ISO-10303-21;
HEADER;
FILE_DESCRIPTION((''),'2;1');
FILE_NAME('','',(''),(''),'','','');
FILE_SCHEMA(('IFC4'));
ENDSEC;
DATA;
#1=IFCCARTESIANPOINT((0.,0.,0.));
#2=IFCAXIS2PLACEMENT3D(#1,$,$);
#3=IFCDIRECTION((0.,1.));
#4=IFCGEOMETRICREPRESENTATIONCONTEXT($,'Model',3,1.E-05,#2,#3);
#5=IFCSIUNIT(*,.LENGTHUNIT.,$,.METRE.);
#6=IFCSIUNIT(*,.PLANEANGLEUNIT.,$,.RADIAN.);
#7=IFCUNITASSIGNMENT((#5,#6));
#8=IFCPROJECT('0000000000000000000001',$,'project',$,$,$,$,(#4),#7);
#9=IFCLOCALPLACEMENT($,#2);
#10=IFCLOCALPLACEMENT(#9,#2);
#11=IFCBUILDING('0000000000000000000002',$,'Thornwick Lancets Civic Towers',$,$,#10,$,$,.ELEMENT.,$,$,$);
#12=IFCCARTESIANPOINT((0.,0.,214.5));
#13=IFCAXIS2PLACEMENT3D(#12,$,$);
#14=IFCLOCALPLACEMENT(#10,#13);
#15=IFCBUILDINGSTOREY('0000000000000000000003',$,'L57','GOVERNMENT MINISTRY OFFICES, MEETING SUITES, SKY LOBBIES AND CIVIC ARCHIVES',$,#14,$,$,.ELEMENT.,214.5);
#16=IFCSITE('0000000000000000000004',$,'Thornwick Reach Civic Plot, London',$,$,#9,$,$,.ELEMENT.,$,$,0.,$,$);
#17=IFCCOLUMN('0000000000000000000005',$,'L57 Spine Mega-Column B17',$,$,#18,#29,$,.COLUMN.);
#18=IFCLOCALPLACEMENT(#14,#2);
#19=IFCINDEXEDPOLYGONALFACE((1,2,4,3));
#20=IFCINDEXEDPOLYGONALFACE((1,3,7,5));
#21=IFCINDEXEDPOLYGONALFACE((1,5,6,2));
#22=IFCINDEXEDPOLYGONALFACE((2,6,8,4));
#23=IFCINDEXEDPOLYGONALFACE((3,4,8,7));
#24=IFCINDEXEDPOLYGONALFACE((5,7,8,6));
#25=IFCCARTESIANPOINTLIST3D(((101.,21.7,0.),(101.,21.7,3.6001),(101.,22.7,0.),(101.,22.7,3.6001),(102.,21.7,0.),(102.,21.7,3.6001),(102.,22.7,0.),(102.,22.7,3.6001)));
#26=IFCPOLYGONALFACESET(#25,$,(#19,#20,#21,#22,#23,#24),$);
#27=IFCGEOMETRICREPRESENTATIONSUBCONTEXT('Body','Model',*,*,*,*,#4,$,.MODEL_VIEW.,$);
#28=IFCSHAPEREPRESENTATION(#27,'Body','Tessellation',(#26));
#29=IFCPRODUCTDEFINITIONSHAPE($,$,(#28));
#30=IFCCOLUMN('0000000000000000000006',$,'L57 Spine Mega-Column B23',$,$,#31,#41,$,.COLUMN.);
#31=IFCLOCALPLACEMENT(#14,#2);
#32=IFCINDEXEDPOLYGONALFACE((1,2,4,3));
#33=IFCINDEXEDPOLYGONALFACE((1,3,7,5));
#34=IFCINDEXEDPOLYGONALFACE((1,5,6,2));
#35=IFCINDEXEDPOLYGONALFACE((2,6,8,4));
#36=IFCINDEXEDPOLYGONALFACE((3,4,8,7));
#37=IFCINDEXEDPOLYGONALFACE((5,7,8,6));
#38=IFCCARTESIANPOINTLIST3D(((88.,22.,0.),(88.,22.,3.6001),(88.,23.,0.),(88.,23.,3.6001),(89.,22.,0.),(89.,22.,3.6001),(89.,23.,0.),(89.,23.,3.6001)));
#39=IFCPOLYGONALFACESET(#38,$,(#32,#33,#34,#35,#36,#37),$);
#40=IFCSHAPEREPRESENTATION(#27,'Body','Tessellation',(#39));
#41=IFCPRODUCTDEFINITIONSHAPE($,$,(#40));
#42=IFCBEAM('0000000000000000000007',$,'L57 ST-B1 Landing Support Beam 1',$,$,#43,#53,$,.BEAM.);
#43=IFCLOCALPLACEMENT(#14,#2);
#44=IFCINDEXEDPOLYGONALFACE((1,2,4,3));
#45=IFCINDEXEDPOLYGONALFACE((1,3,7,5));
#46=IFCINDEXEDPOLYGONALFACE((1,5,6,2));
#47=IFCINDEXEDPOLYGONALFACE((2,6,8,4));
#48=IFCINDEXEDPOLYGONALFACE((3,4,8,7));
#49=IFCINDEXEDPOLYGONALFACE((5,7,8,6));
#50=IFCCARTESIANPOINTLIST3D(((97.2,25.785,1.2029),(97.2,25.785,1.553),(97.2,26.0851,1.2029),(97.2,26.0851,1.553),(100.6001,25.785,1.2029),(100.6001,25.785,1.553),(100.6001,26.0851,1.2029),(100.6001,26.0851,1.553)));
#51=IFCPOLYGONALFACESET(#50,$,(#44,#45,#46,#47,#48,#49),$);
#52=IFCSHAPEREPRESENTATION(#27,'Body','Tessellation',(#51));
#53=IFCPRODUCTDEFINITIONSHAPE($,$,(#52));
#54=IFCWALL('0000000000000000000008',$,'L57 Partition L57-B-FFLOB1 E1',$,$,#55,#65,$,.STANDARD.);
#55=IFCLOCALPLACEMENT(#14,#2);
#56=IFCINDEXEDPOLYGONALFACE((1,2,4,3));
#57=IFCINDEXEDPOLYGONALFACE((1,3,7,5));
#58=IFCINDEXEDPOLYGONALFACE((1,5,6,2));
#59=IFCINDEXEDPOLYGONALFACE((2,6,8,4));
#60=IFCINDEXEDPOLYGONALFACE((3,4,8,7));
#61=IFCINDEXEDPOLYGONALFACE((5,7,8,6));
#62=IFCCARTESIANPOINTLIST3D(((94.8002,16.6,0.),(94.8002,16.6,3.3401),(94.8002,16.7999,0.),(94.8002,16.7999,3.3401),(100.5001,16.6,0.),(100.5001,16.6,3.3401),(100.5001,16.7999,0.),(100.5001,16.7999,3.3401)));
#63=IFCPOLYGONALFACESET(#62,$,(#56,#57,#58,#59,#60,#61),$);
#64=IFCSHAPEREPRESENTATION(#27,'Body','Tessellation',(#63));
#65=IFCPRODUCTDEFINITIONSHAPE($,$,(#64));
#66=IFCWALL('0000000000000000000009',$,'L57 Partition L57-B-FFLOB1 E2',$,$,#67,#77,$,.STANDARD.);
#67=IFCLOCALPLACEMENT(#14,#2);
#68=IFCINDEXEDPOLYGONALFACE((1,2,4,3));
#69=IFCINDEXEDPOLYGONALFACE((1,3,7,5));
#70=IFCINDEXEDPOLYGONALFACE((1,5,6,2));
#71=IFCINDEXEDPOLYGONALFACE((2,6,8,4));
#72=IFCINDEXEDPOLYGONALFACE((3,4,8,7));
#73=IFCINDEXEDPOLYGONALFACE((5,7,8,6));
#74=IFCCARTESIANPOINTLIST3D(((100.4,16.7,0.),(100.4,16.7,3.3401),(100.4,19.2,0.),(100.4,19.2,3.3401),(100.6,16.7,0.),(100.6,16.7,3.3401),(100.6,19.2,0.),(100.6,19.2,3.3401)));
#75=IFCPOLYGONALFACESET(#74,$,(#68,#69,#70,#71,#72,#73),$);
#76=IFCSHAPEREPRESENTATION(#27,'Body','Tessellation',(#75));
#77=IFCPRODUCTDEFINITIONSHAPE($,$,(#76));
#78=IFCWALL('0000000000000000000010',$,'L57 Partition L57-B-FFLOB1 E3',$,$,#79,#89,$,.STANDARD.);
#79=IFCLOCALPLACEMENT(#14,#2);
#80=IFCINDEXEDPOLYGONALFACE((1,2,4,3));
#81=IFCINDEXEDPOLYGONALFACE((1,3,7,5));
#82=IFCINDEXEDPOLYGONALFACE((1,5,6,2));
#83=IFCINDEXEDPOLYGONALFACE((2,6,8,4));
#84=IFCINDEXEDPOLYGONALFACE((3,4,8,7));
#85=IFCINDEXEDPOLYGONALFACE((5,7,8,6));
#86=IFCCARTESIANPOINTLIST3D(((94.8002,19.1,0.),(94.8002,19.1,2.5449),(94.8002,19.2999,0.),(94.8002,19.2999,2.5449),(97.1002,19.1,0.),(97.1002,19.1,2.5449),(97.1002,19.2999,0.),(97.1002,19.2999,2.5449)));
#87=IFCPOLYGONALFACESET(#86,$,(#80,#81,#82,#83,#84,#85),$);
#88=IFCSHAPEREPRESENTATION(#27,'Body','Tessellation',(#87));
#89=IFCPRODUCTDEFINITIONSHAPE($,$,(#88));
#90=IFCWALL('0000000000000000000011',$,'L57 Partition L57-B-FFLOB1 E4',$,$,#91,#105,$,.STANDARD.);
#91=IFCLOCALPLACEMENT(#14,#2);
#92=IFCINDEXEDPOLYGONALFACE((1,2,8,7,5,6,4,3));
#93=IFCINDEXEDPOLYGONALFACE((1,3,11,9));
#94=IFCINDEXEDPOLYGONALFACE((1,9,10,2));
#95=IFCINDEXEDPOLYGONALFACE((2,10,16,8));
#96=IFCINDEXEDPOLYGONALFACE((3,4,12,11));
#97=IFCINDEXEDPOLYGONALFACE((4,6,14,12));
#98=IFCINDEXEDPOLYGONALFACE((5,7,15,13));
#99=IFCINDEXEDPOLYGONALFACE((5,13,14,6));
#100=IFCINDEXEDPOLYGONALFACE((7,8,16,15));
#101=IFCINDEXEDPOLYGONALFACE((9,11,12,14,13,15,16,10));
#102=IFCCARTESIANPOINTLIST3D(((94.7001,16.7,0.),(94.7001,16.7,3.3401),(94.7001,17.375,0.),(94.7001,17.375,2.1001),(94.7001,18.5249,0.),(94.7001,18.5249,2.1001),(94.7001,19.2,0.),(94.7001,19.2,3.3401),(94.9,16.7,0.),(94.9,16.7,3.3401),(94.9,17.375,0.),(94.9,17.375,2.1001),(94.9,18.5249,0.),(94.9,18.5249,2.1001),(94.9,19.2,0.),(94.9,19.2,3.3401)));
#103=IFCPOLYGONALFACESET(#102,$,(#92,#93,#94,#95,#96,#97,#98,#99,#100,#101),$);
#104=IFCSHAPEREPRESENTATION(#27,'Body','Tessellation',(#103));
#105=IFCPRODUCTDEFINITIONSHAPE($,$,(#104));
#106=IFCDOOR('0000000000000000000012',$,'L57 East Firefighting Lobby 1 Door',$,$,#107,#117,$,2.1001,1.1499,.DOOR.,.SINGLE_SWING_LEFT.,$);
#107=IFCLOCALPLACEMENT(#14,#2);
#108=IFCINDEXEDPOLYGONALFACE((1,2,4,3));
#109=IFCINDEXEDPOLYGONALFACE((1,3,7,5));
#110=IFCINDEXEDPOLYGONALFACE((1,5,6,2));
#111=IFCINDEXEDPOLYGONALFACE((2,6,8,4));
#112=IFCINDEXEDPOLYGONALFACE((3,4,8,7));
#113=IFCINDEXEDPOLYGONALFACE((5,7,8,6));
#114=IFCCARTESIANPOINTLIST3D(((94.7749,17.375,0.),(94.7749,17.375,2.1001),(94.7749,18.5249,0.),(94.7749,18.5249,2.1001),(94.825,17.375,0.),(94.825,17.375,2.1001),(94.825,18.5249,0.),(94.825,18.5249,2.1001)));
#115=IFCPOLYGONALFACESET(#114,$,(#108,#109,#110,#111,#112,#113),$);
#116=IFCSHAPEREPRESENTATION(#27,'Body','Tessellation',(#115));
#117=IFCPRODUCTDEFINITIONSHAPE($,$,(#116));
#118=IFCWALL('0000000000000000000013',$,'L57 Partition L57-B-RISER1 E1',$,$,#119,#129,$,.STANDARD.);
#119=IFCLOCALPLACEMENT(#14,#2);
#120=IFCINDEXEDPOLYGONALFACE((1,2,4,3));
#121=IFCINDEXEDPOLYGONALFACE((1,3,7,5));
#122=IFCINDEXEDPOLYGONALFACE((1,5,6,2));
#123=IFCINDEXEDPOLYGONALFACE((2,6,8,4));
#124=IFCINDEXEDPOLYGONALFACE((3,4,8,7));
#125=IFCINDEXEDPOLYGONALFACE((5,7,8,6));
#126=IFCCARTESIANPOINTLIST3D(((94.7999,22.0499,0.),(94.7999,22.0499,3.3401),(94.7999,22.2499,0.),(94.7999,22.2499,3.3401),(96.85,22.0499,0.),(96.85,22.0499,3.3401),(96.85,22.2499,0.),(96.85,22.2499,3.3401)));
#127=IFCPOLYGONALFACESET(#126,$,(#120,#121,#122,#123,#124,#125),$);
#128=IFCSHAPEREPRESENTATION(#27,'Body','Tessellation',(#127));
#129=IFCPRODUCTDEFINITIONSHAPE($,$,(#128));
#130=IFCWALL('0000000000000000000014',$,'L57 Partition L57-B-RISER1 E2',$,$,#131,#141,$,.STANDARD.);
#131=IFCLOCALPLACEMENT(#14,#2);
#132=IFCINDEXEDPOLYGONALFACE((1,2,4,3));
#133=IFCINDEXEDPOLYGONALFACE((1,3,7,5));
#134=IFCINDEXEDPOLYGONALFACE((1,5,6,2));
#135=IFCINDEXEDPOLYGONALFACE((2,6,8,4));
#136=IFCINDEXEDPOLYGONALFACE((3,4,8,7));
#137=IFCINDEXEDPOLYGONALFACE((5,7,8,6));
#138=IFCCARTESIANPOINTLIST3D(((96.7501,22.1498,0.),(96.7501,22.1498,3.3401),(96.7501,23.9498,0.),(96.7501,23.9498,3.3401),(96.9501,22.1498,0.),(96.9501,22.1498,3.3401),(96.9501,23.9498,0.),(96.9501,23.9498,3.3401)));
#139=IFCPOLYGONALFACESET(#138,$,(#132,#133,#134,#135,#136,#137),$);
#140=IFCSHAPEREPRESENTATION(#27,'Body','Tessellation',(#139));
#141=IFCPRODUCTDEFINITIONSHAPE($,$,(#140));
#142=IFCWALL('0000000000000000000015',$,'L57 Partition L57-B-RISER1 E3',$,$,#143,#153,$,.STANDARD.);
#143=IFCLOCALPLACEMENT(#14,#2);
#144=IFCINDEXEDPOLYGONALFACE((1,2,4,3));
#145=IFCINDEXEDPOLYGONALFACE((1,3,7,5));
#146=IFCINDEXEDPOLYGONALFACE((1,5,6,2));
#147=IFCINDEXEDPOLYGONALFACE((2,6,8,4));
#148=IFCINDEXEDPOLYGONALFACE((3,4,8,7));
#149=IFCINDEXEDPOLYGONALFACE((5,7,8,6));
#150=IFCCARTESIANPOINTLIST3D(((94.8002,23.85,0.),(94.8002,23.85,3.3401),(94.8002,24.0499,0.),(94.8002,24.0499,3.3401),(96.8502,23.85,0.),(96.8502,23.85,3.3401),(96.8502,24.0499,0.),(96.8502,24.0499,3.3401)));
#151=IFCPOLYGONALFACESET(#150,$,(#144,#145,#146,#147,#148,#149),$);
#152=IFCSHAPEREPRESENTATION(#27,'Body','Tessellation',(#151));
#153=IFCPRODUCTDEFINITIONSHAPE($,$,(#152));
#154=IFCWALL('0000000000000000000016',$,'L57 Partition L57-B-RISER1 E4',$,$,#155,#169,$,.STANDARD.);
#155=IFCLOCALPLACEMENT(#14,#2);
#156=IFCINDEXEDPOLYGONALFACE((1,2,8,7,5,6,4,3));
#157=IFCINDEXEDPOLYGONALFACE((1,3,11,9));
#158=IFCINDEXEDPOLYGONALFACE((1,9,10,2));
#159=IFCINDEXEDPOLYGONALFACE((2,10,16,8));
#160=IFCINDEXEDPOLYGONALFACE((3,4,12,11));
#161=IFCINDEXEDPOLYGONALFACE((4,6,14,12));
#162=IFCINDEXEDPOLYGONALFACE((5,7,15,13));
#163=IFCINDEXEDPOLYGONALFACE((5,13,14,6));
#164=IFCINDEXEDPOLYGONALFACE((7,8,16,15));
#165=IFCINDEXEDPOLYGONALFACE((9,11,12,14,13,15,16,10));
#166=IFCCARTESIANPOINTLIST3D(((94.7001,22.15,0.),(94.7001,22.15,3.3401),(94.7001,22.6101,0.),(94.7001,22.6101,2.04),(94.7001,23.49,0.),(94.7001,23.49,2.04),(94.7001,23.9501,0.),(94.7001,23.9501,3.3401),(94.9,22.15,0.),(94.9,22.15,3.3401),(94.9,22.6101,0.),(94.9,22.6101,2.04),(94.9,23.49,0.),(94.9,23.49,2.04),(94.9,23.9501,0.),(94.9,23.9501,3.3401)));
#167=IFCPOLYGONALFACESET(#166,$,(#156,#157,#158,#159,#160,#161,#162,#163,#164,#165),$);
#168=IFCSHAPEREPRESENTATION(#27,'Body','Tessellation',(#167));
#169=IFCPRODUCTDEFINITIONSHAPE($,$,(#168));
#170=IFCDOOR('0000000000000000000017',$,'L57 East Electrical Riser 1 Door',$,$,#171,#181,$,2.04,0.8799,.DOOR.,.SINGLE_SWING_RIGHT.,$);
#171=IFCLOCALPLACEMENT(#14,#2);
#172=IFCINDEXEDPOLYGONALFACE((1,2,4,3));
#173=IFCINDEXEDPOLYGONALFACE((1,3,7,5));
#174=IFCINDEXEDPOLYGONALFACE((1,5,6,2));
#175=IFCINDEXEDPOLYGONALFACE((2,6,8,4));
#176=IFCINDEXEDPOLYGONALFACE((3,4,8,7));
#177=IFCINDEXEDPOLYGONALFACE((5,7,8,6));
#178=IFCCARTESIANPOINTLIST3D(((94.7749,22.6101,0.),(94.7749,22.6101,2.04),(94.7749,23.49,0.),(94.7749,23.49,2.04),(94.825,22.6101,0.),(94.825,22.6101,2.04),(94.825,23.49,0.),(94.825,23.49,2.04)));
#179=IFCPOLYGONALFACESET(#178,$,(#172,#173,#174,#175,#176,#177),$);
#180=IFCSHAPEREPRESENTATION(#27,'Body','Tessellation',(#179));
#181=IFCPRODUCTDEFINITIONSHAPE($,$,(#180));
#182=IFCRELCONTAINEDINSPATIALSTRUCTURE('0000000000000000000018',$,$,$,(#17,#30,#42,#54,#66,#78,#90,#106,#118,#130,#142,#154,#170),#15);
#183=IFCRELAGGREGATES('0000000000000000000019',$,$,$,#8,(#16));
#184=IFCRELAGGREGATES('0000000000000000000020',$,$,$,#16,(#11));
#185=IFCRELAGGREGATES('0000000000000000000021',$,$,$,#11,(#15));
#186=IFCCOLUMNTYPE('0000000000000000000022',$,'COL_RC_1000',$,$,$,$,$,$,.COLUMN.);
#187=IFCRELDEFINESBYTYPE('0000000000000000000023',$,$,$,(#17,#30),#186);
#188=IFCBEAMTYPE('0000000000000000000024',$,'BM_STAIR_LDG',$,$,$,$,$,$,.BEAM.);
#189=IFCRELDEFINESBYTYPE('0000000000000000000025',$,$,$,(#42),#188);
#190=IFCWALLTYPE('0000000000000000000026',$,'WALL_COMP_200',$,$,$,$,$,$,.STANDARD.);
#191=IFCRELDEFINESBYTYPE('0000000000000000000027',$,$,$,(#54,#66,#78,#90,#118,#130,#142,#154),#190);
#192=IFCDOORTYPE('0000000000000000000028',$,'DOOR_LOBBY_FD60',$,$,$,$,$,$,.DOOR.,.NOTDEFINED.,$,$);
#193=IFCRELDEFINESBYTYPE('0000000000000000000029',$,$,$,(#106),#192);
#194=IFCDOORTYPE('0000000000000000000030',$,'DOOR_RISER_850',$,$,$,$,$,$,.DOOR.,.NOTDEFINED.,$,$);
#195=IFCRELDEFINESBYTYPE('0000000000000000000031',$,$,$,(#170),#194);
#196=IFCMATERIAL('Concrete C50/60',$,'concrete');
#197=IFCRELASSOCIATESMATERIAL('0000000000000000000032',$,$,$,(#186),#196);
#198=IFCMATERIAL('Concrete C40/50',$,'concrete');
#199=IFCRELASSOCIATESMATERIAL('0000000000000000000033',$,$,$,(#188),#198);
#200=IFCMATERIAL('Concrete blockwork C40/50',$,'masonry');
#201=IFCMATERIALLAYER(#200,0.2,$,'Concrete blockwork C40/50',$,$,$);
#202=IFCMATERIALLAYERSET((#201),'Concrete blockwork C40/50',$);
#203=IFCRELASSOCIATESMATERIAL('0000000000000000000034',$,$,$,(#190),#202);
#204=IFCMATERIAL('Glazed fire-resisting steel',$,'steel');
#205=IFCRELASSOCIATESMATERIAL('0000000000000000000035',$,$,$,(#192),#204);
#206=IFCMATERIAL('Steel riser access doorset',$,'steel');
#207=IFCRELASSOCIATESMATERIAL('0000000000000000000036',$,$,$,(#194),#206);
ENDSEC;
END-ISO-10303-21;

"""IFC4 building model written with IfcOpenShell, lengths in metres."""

from ifc_helpers import new_model, si_unit, direction, frame, frame_2d, origin, origin_2d, place, context, subcontext, project, spatial, rectangle, extrude, material, layer, layer_set, material_profile, profile_set, type_object, element, fill, save


model = new_model("IFC4")

# Units and contexts
model_context = context("Model", 3, precision=1e-05, world=origin(), true_north=direction((0.0, 1.0)))
body_context = subcontext(model_context, "Body", "Model", "MODEL_VIEW")
ifc_project = project(units=[si_unit("LENGTHUNIT", "METRE"), si_unit("PLANEANGLEUNIT", "RADIAN")], contexts=[model_context])

# Site, building, storey
site_placement = place(None, origin())
site = spatial("IfcSite", under=ifc_project, at=site_placement, Name="Thornwick Reach Civic Plot, London", CompositionType="ELEMENT", RefElevation=0.0)
building_placement = place(site_placement, origin())
building = spatial("IfcBuilding", under=site, at=building_placement, Name="Thornwick Lancets Civic Towers", CompositionType="ELEMENT")
storey_placement = place(building_placement, frame((0.0, 0.0, 214.5)))
storey = spatial("IfcBuildingStorey", under=building, at=storey_placement, Name="L57", Description="GOVERNMENT MINISTRY OFFICES, MEETING SUITES, SKY LOBBIES AND CIVIC ARCHIVES", CompositionType="ELEMENT", Elevation=214.5)

# Columns
ifc_material_1 = material(Name="Concrete C50/60", Category="concrete")
ifc_material_profile_1 = material_profile(ifc_material_1, rectangle(XDim=1.0, YDim=1.0, at=origin_2d()), Name="RC 1000x1000")
ifc_profile_set_1 = profile_set([ifc_material_profile_1], Name="Concrete C50/60")
column_type = type_object("IfcColumnType", Name="COL_RC_1000", PredefinedType="COLUMN", material=ifc_profile_set_1)
for number, where, z_axis, x_axis, name in (
    (1, (101.5, 22.2, 0.0), (0.0, 0.0, 1.0), (1.0, 0.0, 0.0), "L57 Spine Mega-Column B17"),
    (2, (88.5, 22.5, 0.0), (0.0, 0.0, 1.0), (1.0, 0.0, 0.0), "L57 Spine Mega-Column B23"),
):
    element("IfcColumn", number, at=place(storey_placement, frame(where, z_axis=z_axis, x_axis=x_axis)), inside=storey, type_object=column_type, Name=name, PredefinedType="COLUMN", context=body_context, shape_type="SweptSolid", body=[
        extrude(rectangle(XDim=1.0, YDim=1.0, at=origin_2d()), origin(), (0.0, 0.0, 1.0), 3.6001),
    ])

# Beam
ifc_material_2 = material(Name="Concrete C40/50", Category="concrete")
ifc_material_profile_2 = material_profile(ifc_material_2, rectangle(XDim=0.3, YDim=0.3501, at=origin_2d()), Name="RC 300x350")
ifc_profile_set_2 = profile_set([ifc_material_profile_2], Name="Concrete C40/50")
beam_type = type_object("IfcBeamType", Name="BM_STAIR_LDG", PredefinedType="BEAM", material=ifc_profile_set_2)
beam_placement = place(storey_placement, frame((100.6001, 25.9351, 1.3779), z_axis=(-1.0, 0.0, 0.0), x_axis=(0.0, -1.0, 0.0)))
element("IfcBeam", 3, at=beam_placement, inside=storey, type_object=beam_type, Name="L57 ST-B1 Landing Support Beam 1", PredefinedType="BEAM", context=body_context, shape_type="SweptSolid", body=[
    extrude(rectangle(XDim=0.3, YDim=0.3501, at=origin_2d()), origin(), (0.0, 0.0, 1.0), 3.4001),
])

# Walls
ifc_material_3 = material(Name="Concrete blockwork C40/50", Category="masonry")
ifc_layer_1 = layer(ifc_material_3, 0.2, Name="Concrete blockwork C40/50")
ifc_layer_set_1 = layer_set([ifc_layer_1], Name="Concrete blockwork C40/50")
wall_type_1 = type_object("IfcWallType", Name="WALL_COMP_200", PredefinedType="STANDARD", material=ifc_layer_set_1)
wall_1_placement = place(storey_placement, frame((94.8, 16.7, 0.0), z_axis=(0.0, 0.0, 1.0), x_axis=(1.0, 0.0, 0.0)))
element("IfcWall", 4, at=wall_1_placement, inside=storey, type_object=wall_type_1, Name="L57 Partition L57-B-FFLOB1 E1", PredefinedType="STANDARD", context=body_context, shape_type="SweptSolid", body=[
    extrude(rectangle(XDim=5.7, YDim=0.2, at=frame_2d((2.8501, 0.0))), origin(), (0.0, 0.0, 1.0), 3.3401),
])
wall_2_placement = place(storey_placement, frame((100.5, 16.7, 0.0), z_axis=(0.0, 0.0, 1.0), x_axis=(0.0, 1.0, 0.0)))
element("IfcWall", 5, at=wall_2_placement, inside=storey, type_object=wall_type_1, Name="L57 Partition L57-B-FFLOB1 E2", PredefinedType="STANDARD", context=body_context, shape_type="SweptSolid", body=[
    extrude(rectangle(XDim=2.5, YDim=0.2, at=frame_2d((1.25, 0.0))), origin(), (0.0, 0.0, 1.0), 3.3401),
])
wall_3_placement = place(storey_placement, frame((97.1001, 19.2, 0.0), z_axis=(0.0, 0.0, 1.0), x_axis=(-1.0, 0.0, 0.0)))
element("IfcWall", 6, at=wall_3_placement, inside=storey, type_object=wall_type_1, Name="L57 Partition L57-B-FFLOB1 E3", PredefinedType="STANDARD", context=body_context, shape_type="SweptSolid", body=[
    extrude(rectangle(XDim=2.3, YDim=0.2, at=frame_2d((1.1499, 0.0))), origin(), (0.0, 0.0, 1.0), 2.5449),
])

# Wall, opening, door
wall_4_placement = place(storey_placement, frame((94.8, 19.2, 0.0), z_axis=(0.0, 0.0, 1.0), x_axis=(0.0, -1.0, 0.0)))
wall_4 = element("IfcWall", 7, at=wall_4_placement, inside=storey, type_object=wall_type_1, Name="L57 Partition L57-B-FFLOB1 E4", PredefinedType="STANDARD", context=body_context, shape_type="SweptSolid", body=[
    extrude(rectangle(XDim=2.5, YDim=0.2, at=frame_2d((1.25, 0.0))), origin(), (0.0, 0.0, 1.0), 3.3401),
])
opening_1_placement = place(wall_4_placement, frame((0.675, 0.0, 0.0)))
opening_1 = element("IfcOpeningElement", 8, at=opening_1_placement, cuts=wall_4, PredefinedType="OPENING", context=body_context, shape_type="SweptSolid", body=[
    extrude(rectangle(XDim=1.1499, YDim=2.1001, at=frame_2d((0.575, 1.05))), frame((0.0, 0.1099, 0.0), z_axis=(0.0, -1.0, 0.0), x_axis=(1.0, 0.0, 0.0)), (0.0, 0.0, 1.0), 0.22),
])
ifc_material_4 = material(Name="Glazed fire-resisting steel", Category="steel")
door_type_1 = type_object("IfcDoorType", Name="DOOR_LOBBY_FD60", OperationType="NOTDEFINED", PredefinedType="DOOR", material=ifc_material_4)
door_1_placement = place(opening_1_placement, origin())
door_1 = element("IfcDoor", 9, at=door_1_placement, inside=storey, type_object=door_type_1, Name="L57 East Firefighting Lobby 1 Door", OperationType="SINGLE_SWING_LEFT", OverallHeight=2.1001, OverallWidth=1.1499, PredefinedType="DOOR", context=body_context, shape_type="SweptSolid", body=[
    extrude(rectangle(XDim=1.1499, YDim=2.1001, at=frame_2d((0.575, 1.05))), frame((0.0, 0.0249, 0.0), z_axis=(0.0, -1.0, 0.0), x_axis=(1.0, 0.0, 0.0)), (0.0, 0.0, 1.0), 0.05),
])
fill(opening_1, door_1)

# Walls
wall_5_placement = place(storey_placement, frame((94.8, 22.1499, 0.0), z_axis=(0.0, 0.0, 1.0), x_axis=(1.0, 0.0, 0.0)))
element("IfcWall", 10, at=wall_5_placement, inside=storey, type_object=wall_type_1, Name="L57 Partition L57-B-RISER1 E1", PredefinedType="STANDARD", context=body_context, shape_type="SweptSolid", body=[
    extrude(rectangle(XDim=2.05, YDim=0.2, at=frame_2d((1.0249, 0.0))), origin(), (0.0, 0.0, 1.0), 3.3401),
])
wall_6_placement = place(storey_placement, frame((96.8501, 22.1499, 0.0), z_axis=(0.0, 0.0, 1.0), x_axis=(0.0, 1.0, 0.0)))
element("IfcWall", 11, at=wall_6_placement, inside=storey, type_object=wall_type_1, Name="L57 Partition L57-B-RISER1 E2", PredefinedType="STANDARD", context=body_context, shape_type="SweptSolid", body=[
    extrude(rectangle(XDim=1.8, YDim=0.2, at=frame_2d((0.8999, 0.0))), origin(), (0.0, 0.0, 1.0), 3.3401),
])
wall_7_placement = place(storey_placement, frame((96.8501, 23.95, 0.0), z_axis=(0.0, 0.0, 1.0), x_axis=(-1.0, 0.0, 0.0)))
element("IfcWall", 12, at=wall_7_placement, inside=storey, type_object=wall_type_1, Name="L57 Partition L57-B-RISER1 E3", PredefinedType="STANDARD", context=body_context, shape_type="SweptSolid", body=[
    extrude(rectangle(XDim=2.05, YDim=0.2, at=frame_2d((1.0249, 0.0))), origin(), (0.0, 0.0, 1.0), 3.3401),
])

# Wall, opening, door
wall_8_placement = place(storey_placement, frame((94.8, 23.95, 0.0), z_axis=(0.0, 0.0, 1.0), x_axis=(0.0, -1.0, 0.0)))
wall_8 = element("IfcWall", 13, at=wall_8_placement, inside=storey, type_object=wall_type_1, Name="L57 Partition L57-B-RISER1 E4", PredefinedType="STANDARD", context=body_context, shape_type="SweptSolid", body=[
    extrude(rectangle(XDim=1.8, YDim=0.2, at=frame_2d((0.8999, 0.0))), origin(), (0.0, 0.0, 1.0), 3.3401),
])
opening_2_placement = place(wall_8_placement, frame((0.46, 0.0, 0.0)))
opening_2 = element("IfcOpeningElement", 14, at=opening_2_placement, cuts=wall_8, PredefinedType="OPENING", context=body_context, shape_type="SweptSolid", body=[
    extrude(rectangle(XDim=0.8799, YDim=2.04, at=frame_2d((0.4399, 1.02))), frame((0.0, 0.1099, 0.0), z_axis=(0.0, -1.0, 0.0), x_axis=(1.0, 0.0, 0.0)), (0.0, 0.0, 1.0), 0.22),
])
ifc_material_5 = material(Name="Steel riser access doorset", Category="steel")
door_type_2 = type_object("IfcDoorType", Name="DOOR_RISER_850", OperationType="NOTDEFINED", PredefinedType="DOOR", material=ifc_material_5)
door_2_placement = place(opening_2_placement, origin())
door_2 = element("IfcDoor", 15, at=door_2_placement, inside=storey, type_object=door_type_2, Name="L57 East Electrical Riser 1 Door", OperationType="SINGLE_SWING_RIGHT", OverallHeight=2.04, OverallWidth=0.8799, PredefinedType="DOOR", context=body_context, shape_type="SweptSolid", body=[
    extrude(rectangle(XDim=0.8799, YDim=2.04, at=frame_2d((0.4399, 1.02))), frame((0.0, 0.0249, 0.0), z_axis=(0.0, -1.0, 0.0), x_axis=(1.0, 0.0, 0.0)), (0.0, 0.0, 1.0), 0.05),
])
fill(opening_2, door_2)

save(model, "model.ifc")
